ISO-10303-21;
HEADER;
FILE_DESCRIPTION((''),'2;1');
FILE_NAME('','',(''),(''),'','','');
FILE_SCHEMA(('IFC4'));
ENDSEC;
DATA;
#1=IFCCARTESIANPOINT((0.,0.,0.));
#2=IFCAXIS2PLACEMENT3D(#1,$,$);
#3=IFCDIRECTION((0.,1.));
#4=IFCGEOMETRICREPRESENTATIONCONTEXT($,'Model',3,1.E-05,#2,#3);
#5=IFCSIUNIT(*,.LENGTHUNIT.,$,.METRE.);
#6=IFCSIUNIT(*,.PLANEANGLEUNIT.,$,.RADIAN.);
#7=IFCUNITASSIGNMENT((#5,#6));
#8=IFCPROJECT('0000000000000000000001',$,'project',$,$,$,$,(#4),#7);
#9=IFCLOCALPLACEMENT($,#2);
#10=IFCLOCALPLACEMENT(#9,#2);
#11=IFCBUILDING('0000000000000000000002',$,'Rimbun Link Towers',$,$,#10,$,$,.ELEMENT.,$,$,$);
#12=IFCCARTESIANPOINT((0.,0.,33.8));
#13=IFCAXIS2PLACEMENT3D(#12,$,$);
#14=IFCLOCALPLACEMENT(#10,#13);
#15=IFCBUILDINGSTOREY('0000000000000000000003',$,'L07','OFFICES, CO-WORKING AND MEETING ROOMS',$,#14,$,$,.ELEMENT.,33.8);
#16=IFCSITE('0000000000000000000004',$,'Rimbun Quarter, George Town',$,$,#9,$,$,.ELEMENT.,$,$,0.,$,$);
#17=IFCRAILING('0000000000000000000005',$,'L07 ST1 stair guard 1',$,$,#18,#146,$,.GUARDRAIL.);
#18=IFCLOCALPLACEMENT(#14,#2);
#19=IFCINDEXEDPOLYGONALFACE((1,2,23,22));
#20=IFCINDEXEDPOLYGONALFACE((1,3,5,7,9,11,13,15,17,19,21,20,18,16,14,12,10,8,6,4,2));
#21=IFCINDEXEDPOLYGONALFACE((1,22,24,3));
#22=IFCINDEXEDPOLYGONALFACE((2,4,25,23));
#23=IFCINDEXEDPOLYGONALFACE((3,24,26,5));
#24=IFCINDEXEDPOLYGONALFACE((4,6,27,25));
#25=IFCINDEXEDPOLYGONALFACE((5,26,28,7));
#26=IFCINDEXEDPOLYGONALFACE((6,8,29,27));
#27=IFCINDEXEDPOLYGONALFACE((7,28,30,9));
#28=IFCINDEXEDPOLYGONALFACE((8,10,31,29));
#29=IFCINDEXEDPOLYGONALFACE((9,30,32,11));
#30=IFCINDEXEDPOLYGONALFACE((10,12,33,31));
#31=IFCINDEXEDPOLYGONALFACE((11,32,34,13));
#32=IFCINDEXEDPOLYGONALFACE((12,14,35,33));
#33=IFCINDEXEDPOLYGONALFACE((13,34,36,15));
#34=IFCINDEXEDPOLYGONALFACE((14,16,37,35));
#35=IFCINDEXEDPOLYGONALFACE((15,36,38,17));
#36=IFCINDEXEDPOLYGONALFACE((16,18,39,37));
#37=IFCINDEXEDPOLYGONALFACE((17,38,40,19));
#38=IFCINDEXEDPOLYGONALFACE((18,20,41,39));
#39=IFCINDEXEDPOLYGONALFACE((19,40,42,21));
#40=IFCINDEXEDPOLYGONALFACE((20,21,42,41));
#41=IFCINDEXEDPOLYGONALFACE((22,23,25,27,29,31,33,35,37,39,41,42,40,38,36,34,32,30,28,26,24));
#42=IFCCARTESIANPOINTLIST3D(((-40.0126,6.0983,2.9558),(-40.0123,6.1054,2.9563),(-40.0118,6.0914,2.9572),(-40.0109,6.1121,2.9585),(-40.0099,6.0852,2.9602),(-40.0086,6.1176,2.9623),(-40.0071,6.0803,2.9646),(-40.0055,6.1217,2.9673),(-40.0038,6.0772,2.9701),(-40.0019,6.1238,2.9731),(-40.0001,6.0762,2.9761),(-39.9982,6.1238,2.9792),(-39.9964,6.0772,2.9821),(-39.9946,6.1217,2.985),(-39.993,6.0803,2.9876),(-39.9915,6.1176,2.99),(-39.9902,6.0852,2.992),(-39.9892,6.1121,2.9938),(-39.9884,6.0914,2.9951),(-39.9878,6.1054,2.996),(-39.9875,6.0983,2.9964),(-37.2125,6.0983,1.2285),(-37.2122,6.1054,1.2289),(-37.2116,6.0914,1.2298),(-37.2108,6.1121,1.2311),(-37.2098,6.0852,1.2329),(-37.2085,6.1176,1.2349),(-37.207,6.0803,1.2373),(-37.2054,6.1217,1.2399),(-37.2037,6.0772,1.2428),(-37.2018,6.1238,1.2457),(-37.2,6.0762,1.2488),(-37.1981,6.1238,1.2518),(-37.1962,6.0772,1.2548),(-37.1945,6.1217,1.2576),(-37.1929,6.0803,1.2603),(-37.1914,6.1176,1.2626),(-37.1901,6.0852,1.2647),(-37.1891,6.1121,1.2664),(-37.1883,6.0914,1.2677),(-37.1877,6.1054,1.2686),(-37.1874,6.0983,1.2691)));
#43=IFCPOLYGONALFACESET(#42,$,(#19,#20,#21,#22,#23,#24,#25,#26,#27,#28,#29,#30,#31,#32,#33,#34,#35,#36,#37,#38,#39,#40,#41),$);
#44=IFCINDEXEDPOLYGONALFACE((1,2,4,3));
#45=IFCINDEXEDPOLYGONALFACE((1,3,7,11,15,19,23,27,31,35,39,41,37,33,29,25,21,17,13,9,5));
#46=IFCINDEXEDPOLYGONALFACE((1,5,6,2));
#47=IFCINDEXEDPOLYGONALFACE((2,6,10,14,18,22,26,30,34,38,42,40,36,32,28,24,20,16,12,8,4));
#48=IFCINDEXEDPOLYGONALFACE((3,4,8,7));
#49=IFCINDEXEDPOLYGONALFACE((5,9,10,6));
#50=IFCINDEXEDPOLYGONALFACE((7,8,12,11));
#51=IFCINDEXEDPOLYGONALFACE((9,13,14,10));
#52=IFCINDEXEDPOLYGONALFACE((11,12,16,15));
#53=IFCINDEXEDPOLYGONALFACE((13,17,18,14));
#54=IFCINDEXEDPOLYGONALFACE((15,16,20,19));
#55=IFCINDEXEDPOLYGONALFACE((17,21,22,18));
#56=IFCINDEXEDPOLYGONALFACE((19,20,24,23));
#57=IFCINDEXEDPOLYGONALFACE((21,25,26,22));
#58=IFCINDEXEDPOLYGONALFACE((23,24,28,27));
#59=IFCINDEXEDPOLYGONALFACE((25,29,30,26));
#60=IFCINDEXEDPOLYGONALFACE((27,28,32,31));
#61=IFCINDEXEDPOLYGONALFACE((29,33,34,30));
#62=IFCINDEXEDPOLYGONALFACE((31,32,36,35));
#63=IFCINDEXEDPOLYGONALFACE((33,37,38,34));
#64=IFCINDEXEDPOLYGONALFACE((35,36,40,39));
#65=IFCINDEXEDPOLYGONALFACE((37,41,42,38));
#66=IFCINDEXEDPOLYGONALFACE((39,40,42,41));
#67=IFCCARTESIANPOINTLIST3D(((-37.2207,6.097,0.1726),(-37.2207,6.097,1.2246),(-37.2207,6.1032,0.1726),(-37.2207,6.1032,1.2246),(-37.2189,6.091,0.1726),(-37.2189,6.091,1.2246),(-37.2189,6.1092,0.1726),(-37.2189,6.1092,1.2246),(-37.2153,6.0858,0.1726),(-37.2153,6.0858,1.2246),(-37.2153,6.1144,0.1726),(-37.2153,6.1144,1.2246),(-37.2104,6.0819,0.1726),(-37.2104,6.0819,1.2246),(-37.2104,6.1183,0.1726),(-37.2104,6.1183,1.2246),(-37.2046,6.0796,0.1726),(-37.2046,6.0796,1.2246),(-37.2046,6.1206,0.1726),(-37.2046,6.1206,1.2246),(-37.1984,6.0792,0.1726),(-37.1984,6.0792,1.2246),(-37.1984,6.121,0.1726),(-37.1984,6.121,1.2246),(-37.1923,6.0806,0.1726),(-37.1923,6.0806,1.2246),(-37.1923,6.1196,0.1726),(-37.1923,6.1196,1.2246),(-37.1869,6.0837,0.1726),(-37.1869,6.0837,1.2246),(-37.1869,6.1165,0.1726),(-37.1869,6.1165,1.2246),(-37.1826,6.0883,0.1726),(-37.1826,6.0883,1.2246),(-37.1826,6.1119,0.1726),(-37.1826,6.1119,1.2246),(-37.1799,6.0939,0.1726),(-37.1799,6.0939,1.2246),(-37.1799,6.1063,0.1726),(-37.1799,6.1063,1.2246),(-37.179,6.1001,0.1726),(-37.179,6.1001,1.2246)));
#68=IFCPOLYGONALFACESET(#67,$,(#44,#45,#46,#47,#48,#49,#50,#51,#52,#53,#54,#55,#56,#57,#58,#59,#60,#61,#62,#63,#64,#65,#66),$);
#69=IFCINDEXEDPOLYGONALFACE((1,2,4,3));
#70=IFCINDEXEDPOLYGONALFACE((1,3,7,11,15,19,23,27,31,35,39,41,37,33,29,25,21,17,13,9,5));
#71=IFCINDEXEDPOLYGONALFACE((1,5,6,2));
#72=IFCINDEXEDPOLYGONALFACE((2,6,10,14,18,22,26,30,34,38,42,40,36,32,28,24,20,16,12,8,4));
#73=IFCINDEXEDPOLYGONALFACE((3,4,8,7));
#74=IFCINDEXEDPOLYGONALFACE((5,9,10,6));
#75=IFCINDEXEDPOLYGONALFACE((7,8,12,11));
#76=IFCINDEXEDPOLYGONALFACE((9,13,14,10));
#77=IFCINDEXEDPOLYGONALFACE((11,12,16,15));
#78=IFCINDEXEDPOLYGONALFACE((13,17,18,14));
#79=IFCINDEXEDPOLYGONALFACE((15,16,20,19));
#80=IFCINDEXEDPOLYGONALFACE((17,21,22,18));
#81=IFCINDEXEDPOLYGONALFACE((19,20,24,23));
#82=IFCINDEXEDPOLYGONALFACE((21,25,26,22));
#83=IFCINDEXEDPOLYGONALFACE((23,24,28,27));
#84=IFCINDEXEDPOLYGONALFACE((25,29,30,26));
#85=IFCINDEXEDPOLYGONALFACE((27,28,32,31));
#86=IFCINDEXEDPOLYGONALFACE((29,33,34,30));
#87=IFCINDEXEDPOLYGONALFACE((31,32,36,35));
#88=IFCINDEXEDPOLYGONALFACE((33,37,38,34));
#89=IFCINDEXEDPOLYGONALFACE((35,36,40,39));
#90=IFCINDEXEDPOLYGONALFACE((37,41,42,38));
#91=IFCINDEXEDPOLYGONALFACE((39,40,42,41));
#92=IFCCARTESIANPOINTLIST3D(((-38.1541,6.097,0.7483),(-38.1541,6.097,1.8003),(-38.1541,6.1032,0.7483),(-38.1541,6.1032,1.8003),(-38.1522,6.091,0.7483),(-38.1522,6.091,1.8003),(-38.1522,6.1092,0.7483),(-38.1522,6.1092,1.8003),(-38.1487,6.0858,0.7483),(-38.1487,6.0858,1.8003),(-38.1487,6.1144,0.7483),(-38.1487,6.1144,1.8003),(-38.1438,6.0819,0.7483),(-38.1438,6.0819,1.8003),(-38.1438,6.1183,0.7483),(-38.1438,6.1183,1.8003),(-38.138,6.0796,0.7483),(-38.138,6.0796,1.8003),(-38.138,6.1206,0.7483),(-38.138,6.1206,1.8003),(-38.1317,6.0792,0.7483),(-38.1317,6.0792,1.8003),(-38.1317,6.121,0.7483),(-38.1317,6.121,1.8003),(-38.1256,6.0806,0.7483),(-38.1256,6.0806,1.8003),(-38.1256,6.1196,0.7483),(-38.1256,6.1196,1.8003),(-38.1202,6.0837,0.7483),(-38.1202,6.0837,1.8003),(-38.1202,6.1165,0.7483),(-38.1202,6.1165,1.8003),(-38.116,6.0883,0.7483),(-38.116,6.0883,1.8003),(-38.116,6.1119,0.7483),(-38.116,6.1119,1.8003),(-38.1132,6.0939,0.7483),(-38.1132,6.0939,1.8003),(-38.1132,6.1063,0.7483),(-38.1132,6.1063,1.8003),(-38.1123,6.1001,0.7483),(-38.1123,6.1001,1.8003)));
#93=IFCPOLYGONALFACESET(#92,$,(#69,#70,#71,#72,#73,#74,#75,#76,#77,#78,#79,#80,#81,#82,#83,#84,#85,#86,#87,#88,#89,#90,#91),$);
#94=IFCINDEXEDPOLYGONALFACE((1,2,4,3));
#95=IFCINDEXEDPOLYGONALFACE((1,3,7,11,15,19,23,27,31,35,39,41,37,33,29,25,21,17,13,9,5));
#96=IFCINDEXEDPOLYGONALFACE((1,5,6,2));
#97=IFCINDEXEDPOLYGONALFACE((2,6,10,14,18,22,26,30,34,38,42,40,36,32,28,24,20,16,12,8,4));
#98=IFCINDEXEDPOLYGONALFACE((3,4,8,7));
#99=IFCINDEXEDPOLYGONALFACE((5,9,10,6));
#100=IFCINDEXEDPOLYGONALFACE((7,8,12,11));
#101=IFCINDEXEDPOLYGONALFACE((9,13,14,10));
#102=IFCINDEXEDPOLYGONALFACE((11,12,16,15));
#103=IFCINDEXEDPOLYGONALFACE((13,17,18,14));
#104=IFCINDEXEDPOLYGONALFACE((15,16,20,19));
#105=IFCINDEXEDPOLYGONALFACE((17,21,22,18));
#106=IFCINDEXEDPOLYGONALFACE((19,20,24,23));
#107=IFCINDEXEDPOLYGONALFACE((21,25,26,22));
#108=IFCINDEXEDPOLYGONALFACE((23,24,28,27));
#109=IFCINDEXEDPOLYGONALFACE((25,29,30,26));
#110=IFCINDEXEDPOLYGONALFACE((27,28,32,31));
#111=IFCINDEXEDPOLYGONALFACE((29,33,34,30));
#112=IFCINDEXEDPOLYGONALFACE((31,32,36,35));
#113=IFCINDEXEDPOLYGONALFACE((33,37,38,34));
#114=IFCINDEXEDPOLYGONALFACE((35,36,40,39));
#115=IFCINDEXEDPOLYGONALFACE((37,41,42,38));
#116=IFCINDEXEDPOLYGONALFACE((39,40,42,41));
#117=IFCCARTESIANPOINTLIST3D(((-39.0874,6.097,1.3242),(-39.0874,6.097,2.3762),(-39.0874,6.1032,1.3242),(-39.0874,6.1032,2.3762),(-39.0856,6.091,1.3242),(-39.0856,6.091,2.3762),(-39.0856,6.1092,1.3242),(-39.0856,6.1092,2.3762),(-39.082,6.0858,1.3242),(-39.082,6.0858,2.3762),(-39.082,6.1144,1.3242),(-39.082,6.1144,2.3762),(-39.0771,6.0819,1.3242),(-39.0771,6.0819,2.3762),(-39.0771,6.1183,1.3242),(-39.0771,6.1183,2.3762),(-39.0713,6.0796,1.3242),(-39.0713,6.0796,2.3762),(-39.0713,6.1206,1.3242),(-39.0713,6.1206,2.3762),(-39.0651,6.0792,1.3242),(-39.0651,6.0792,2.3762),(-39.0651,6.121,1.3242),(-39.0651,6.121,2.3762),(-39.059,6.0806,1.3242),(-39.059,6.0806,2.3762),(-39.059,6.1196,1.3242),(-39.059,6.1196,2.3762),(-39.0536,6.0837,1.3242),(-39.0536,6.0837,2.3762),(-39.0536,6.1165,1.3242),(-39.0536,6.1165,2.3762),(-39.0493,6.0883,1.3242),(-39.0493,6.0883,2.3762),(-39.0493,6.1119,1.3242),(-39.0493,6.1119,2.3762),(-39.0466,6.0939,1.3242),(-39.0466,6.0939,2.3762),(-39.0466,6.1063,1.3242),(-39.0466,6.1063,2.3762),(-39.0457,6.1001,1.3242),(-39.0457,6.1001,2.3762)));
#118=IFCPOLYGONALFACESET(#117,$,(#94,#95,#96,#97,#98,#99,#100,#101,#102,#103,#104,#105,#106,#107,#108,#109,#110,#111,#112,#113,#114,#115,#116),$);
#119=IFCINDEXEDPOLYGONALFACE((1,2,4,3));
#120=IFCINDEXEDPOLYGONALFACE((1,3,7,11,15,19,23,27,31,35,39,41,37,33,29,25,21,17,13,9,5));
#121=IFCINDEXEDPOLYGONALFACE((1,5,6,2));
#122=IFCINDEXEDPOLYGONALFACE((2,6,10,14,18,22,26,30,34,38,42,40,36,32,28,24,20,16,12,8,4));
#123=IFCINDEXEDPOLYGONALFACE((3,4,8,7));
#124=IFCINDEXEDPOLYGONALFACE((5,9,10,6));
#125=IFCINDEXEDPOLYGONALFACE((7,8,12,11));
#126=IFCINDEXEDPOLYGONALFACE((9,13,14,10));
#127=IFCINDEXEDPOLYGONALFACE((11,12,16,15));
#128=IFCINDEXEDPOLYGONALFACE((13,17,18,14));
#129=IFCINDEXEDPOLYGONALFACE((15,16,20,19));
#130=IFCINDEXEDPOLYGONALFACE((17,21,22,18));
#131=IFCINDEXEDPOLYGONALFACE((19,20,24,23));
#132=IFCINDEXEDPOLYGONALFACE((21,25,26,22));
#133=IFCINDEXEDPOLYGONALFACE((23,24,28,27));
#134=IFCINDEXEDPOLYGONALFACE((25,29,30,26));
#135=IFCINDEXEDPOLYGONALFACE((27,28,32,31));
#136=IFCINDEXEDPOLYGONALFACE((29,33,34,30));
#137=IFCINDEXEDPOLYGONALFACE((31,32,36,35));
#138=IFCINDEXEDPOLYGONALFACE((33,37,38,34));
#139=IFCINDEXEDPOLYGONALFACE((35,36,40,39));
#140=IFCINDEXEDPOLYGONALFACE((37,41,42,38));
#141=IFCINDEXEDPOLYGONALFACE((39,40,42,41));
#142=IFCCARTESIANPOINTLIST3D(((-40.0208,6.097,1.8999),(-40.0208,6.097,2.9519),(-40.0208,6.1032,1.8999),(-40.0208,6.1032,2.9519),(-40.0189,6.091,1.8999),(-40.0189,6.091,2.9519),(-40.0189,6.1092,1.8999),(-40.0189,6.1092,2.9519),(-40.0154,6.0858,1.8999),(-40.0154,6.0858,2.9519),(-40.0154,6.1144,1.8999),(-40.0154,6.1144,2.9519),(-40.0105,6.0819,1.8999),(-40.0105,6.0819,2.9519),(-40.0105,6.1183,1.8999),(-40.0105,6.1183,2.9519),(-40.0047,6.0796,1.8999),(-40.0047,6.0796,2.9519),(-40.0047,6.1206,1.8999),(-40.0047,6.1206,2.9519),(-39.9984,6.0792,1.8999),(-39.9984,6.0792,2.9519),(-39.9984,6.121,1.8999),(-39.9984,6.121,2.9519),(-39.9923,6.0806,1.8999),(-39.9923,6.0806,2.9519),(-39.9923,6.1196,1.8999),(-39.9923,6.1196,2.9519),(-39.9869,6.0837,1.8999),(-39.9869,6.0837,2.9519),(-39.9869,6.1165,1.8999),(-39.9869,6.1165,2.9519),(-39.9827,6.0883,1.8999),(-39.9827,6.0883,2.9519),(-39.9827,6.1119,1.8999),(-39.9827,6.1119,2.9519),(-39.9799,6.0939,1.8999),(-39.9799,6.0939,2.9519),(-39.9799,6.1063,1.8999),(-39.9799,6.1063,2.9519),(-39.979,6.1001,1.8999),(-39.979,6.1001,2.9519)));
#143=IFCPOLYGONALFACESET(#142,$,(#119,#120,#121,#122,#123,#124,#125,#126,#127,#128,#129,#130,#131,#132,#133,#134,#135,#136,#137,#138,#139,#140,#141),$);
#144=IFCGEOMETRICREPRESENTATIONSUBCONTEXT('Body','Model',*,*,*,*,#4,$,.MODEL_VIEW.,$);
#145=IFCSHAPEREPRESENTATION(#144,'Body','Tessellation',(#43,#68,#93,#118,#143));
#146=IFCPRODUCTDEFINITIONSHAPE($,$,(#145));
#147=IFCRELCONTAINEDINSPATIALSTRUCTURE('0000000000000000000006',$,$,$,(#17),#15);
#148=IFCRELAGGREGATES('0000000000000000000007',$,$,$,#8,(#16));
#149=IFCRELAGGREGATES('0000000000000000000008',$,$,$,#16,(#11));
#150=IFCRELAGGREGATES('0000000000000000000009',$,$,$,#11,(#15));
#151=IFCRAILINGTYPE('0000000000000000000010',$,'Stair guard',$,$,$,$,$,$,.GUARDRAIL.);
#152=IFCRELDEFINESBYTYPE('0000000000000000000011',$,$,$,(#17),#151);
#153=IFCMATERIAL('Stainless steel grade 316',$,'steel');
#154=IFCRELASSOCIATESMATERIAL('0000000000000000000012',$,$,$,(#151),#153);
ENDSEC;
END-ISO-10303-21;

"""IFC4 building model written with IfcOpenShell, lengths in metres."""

from ifc_helpers import new_model, si_unit, direction, frame, origin, origin_2d, place, context, subcontext, project, spatial, circle, extrude, material, type_object, element, save


model = new_model("IFC4")

# Units and contexts
model_context = context("Model", 3, precision=1e-05, world=origin(), true_north=direction((0.0, 1.0)))
body_context = subcontext(model_context, "Body", "Model", "MODEL_VIEW")
ifc_project = project(units=[si_unit("LENGTHUNIT", "METRE"), si_unit("PLANEANGLEUNIT", "RADIAN")], contexts=[model_context])

# Site, building, storey
site_placement = place(None, origin())
site = spatial("IfcSite", under=ifc_project, at=site_placement, Name="Rimbun Quarter, George Town", CompositionType="ELEMENT", RefElevation=0.0)
building_placement = place(site_placement, origin())
building = spatial("IfcBuilding", under=site, at=building_placement, Name="Rimbun Link Towers", CompositionType="ELEMENT")
storey_placement = place(building_placement, frame((0.0, 0.0, 33.8)))
storey = spatial("IfcBuildingStorey", under=building, at=storey_placement, Name="L07", Description="OFFICES, CO-WORKING AND MEETING ROOMS", CompositionType="ELEMENT", Elevation=33.8)

# Railing
ifc_material_1 = material(Name="Stainless steel grade 316", Category="steel")
railing_type_1 = type_object("IfcRailingType", Name="Stair guard", PredefinedType="GUARDRAIL", material=ifc_material_1)
railing_1_placement = place(storey_placement, frame((-37.2, 6.1001, 0.1726)))
element("IfcRailing", 1, at=railing_1_placement, inside=storey, type_object=railing_type_1, Name="L07 ST1 stair guard 1", PredefinedType="GUARDRAIL", context=body_context, shape_type="SweptSolid", body=[
    extrude(circle(Radius=0.0239, at=origin_2d()), frame((0.0, 0.0, 1.0762), z_axis=(-0.85109, 0.0, 0.52502), x_axis=(0.0, -1.0, 0.0)), (0.0, 0.0, 1.0), 3.29),
    extrude(circle(Radius=0.021, at=origin_2d()), origin(), (0.0, 0.0, 1.0), 1.052),
    extrude(circle(Radius=0.021, at=origin_2d()), frame((-0.9333, 0.0, 0.5757)), (0.0, 0.0, 1.0), 1.052),
    extrude(circle(Radius=0.021, at=origin_2d()), frame((-1.8667, 0.0, 1.1516)), (0.0, 0.0, 1.0), 1.052),
    extrude(circle(Radius=0.021, at=origin_2d()), frame((-2.8, 0.0, 1.7273)), (0.0, 0.0, 1.0), 1.052),
])

save(model, "model.ifc")
